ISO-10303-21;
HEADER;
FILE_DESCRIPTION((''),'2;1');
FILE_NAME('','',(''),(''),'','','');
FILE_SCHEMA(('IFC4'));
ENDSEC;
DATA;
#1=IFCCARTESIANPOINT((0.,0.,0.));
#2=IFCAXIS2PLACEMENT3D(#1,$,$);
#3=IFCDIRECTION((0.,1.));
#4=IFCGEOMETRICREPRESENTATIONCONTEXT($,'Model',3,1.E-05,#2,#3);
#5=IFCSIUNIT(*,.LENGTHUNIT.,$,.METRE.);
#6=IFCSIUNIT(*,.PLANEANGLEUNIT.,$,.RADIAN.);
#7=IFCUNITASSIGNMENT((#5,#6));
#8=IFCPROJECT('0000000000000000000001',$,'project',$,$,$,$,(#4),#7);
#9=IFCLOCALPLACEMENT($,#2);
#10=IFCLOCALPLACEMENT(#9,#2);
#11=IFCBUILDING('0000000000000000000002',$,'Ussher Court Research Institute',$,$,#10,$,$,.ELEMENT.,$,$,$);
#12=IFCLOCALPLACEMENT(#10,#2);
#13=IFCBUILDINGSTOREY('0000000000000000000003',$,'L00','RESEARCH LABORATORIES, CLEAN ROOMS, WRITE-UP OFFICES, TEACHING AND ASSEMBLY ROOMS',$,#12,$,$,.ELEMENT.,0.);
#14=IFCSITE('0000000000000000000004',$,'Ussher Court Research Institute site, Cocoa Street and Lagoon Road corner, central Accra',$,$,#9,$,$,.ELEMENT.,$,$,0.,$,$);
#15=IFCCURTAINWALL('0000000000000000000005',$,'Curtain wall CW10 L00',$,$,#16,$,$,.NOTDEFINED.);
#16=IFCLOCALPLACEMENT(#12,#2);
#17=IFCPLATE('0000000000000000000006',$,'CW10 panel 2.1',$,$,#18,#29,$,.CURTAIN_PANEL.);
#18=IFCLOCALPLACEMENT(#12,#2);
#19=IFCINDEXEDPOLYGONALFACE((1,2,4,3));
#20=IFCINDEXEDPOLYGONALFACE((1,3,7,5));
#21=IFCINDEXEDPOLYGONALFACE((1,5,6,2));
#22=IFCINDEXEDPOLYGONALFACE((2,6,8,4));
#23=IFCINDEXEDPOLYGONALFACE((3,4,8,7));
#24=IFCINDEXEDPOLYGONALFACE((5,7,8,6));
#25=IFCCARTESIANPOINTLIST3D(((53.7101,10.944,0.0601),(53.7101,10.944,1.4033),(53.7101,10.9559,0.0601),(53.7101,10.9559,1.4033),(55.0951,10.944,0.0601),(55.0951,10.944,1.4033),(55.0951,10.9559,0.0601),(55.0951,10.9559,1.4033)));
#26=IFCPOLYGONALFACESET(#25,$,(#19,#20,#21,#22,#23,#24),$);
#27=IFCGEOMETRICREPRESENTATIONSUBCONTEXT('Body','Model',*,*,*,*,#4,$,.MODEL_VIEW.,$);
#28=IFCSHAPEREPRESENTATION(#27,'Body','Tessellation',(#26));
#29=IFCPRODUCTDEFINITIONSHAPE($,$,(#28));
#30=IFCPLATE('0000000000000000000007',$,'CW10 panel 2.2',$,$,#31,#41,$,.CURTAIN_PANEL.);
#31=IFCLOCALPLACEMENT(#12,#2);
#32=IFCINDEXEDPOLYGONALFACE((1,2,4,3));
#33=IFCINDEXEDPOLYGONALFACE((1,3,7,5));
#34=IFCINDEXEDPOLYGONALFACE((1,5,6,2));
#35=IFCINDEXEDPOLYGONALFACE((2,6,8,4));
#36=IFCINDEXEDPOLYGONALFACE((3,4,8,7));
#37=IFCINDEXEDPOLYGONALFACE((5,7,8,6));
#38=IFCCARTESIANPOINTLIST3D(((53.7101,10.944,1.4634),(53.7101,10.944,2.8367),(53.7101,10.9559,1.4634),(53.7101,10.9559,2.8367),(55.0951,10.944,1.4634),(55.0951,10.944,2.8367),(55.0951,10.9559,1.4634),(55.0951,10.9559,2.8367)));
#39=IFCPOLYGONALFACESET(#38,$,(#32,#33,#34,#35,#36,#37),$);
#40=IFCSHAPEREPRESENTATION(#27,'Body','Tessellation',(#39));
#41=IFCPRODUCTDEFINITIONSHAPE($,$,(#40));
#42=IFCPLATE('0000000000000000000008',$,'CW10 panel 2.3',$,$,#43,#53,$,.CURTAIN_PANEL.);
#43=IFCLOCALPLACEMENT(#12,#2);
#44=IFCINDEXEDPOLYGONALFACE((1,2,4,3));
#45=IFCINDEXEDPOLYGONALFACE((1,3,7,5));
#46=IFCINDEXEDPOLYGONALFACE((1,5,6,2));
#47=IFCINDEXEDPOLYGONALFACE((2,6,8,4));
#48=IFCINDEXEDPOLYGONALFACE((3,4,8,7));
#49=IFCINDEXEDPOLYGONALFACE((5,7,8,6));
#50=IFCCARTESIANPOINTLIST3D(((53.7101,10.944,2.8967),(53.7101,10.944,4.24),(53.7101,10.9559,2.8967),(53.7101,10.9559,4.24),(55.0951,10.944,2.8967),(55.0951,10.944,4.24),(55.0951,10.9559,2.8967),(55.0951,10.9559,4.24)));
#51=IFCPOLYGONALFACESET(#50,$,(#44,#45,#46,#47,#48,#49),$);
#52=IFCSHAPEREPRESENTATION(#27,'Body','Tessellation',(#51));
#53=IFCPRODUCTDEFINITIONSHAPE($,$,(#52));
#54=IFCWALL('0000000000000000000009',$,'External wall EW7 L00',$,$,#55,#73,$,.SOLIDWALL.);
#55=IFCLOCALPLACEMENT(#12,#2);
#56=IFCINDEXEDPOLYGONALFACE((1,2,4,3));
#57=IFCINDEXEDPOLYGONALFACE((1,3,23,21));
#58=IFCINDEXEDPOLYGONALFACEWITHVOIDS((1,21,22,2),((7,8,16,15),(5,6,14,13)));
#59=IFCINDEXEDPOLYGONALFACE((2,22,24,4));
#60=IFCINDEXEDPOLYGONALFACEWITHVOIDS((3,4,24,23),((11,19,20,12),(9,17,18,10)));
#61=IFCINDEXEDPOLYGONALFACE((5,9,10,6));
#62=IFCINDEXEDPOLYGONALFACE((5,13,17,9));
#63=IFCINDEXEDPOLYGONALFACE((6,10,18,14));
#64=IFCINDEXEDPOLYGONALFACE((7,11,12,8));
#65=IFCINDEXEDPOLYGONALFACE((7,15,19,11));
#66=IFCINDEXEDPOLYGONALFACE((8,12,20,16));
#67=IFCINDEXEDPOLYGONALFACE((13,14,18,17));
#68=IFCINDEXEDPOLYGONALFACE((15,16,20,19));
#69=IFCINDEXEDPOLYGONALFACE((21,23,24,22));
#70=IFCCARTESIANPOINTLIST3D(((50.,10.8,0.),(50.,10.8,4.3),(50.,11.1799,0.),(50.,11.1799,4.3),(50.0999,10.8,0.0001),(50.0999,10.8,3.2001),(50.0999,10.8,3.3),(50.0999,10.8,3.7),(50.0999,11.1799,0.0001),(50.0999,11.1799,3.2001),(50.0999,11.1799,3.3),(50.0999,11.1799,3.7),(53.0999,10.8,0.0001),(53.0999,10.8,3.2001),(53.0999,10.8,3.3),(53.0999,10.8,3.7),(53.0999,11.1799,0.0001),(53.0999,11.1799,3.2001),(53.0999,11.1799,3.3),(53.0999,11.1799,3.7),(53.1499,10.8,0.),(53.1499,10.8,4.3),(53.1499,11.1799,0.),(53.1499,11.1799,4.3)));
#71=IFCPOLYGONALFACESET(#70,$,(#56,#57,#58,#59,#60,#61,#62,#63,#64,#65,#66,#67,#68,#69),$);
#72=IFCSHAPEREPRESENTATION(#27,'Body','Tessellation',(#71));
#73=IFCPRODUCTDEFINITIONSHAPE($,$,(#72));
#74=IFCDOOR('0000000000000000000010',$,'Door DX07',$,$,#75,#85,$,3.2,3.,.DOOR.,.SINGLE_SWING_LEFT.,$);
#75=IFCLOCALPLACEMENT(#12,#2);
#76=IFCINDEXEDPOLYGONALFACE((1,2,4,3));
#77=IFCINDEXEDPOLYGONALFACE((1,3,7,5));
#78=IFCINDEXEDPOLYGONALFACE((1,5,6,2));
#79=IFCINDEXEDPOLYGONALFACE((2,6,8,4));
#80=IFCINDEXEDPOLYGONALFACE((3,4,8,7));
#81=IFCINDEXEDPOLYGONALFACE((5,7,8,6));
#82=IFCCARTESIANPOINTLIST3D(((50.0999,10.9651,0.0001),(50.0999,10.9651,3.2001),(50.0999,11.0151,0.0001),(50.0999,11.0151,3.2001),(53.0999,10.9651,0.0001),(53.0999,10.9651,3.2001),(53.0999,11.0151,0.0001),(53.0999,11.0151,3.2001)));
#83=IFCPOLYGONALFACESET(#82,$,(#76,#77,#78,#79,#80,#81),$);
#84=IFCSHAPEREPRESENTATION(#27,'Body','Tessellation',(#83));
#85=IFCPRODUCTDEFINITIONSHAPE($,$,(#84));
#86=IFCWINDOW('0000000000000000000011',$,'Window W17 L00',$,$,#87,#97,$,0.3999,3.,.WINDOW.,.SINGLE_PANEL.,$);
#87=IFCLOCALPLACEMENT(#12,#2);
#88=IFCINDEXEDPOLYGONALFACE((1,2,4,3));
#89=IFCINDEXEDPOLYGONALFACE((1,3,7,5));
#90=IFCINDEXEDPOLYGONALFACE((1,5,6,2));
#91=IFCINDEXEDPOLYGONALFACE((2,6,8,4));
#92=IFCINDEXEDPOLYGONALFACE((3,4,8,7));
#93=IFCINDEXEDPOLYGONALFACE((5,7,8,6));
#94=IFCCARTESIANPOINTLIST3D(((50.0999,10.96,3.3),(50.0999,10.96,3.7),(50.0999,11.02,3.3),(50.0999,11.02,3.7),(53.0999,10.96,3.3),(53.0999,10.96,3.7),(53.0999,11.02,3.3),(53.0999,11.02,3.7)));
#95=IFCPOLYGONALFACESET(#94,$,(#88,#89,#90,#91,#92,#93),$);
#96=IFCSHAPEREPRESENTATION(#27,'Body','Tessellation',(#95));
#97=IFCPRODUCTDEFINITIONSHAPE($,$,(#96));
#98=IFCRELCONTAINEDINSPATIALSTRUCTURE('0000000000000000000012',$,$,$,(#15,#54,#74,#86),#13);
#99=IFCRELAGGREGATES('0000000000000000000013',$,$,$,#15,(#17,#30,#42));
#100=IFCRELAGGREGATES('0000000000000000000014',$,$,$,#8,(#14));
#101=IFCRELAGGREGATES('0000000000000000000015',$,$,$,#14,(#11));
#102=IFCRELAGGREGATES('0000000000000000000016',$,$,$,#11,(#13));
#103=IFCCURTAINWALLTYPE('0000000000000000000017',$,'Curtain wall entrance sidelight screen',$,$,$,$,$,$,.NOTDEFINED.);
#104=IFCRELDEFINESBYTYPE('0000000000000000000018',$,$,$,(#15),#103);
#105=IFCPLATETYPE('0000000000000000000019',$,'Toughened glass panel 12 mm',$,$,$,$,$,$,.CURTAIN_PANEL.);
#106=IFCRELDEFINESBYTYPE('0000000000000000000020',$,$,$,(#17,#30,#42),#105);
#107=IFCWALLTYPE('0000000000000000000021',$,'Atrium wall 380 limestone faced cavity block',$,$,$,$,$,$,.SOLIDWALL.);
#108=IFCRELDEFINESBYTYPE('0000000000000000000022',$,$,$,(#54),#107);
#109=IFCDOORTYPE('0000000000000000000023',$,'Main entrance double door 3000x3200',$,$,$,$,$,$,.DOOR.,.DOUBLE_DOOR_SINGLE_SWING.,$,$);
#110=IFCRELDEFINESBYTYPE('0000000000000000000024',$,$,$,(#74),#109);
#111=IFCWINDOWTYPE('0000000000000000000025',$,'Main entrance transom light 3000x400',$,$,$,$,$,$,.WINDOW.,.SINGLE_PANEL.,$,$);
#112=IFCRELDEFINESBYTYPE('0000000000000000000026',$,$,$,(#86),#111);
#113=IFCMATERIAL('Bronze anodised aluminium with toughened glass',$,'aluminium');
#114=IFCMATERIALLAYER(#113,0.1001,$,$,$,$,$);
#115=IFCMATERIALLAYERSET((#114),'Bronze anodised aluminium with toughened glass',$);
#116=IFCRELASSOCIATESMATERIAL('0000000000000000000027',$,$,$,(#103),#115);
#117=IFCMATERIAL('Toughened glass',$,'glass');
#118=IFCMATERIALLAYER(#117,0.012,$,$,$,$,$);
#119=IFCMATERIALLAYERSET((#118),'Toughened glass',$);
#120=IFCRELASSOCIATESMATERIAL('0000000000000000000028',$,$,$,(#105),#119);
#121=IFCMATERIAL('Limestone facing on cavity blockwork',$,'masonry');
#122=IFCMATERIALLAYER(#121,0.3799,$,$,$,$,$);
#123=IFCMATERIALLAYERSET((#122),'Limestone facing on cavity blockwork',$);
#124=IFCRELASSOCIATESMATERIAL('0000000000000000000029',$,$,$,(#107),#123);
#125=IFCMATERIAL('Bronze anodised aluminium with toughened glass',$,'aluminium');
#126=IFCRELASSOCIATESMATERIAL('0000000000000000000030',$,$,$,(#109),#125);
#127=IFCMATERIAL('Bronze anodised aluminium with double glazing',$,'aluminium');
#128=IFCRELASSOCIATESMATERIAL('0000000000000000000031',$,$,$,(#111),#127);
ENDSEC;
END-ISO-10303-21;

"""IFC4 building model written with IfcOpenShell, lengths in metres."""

from ifc_helpers import new_model, si_unit, direction, frame, frame_2d, origin, origin_2d, place, context, subcontext, project, spatial, rectangle, extrude, material, layer, layer_set, type_object, element, fill, aggregate, save


model = new_model("IFC4")

# Units and contexts
model_context = context("Model", 3, precision=1e-05, world=origin(), true_north=direction((0.0, 1.0)))
body_context = subcontext(model_context, "Body", "Model", "MODEL_VIEW")
ifc_project = project(units=[si_unit("LENGTHUNIT", "METRE"), si_unit("PLANEANGLEUNIT", "RADIAN")], contexts=[model_context])

# Site, building, storey
site_placement = place(None, origin())
site = spatial("IfcSite", under=ifc_project, at=site_placement, Name="Ussher Court Research Institute site, Cocoa Street and Lagoon Road corner, central Accra", CompositionType="ELEMENT", RefElevation=0.0)
building_placement = place(site_placement, origin())
building = spatial("IfcBuilding", under=site, at=building_placement, Name="Ussher Court Research Institute", CompositionType="ELEMENT")
storey_placement = place(building_placement, origin())
storey = spatial("IfcBuildingStorey", under=building, at=storey_placement, Name="L00", Description="RESEARCH LABORATORIES, CLEAN ROOMS, WRITE-UP OFFICES, TEACHING AND ASSEMBLY ROOMS", CompositionType="ELEMENT", Elevation=0.0)

# Curtain wall, plates
ifc_material_1 = material(Name="Bronze anodised aluminium with toughened glass", Category="aluminium")
ifc_layer_1 = layer(ifc_material_1, 0.1001)
ifc_layer_set_1 = layer_set([ifc_layer_1], Name="Bronze anodised aluminium with toughened glass")
curtain_wall_type = type_object("IfcCurtainWallType", Name="Curtain wall entrance sidelight screen", PredefinedType="NOTDEFINED", material=ifc_layer_set_1)
curtain_wall_placement = place(storey_placement, origin())
curtain_wall = element("IfcCurtainWall", 1, at=curtain_wall_placement, inside=storey, type_object=curtain_wall_type, Name="Curtain wall CW10 L00", PredefinedType="NOTDEFINED")
ifc_material_2 = material(Name="Toughened glass", Category="glass")
ifc_layer_2 = layer(ifc_material_2, 0.012)
ifc_layer_set_2 = layer_set([ifc_layer_2], Name="Toughened glass")
plate_type = type_object("IfcPlateType", Name="Toughened glass panel 12 mm", PredefinedType="CURTAIN_PANEL", material=ifc_layer_set_2)
plate_1_placement = place(storey_placement, frame((54.4026, 10.95, 0.0601), z_axis=(0.0, 0.0, 1.0), x_axis=(-1.0, 0.0, 0.0)))
plate_1 = element("IfcPlate", 2, at=plate_1_placement, type_object=plate_type, Name="CW10 panel 2.1", PredefinedType="CURTAIN_PANEL", context=body_context, shape_type="SweptSolid", body=[
    extrude(rectangle(XDim=1.385, YDim=0.012, at=origin_2d()), origin(), (0.0, 0.0, 1.0), 1.3433),
])
plate_2_placement = place(storey_placement, frame((54.4026, 10.95, 1.4634), z_axis=(0.0, 0.0, 1.0), x_axis=(-1.0, 0.0, 0.0)))
plate_2 = element("IfcPlate", 3, at=plate_2_placement, type_object=plate_type, Name="CW10 panel 2.2", PredefinedType="CURTAIN_PANEL", context=body_context, shape_type="SweptSolid", body=[
    extrude(rectangle(XDim=1.385, YDim=0.012, at=origin_2d()), origin(), (0.0, 0.0, 1.0), 1.3733),
])
plate_3_placement = place(storey_placement, frame((54.4026, 10.95, 2.8967), z_axis=(0.0, 0.0, 1.0), x_axis=(-1.0, 0.0, 0.0)))
plate_3 = element("IfcPlate", 4, at=plate_3_placement, type_object=plate_type, Name="CW10 panel 2.3", PredefinedType="CURTAIN_PANEL", context=body_context, shape_type="SweptSolid", body=[
    extrude(rectangle(XDim=1.385, YDim=0.012, at=origin_2d()), origin(), (0.0, 0.0, 1.0), 1.3433),
])
aggregate(curtain_wall, [plate_1, plate_2, plate_3])

# Wall, openings, door, window
ifc_material_3 = material(Name="Limestone facing on cavity blockwork", Category="masonry")
ifc_layer_3 = layer(ifc_material_3, 0.3799)
ifc_layer_set_3 = layer_set([ifc_layer_3], Name="Limestone facing on cavity blockwork")
wall_type = type_object("IfcWallType", Name="Atrium wall 380 limestone faced cavity block", PredefinedType="SOLIDWALL", material=ifc_layer_set_3)
wall_placement = place(storey_placement, frame((53.1499, 10.99, 0.0), z_axis=(0.0, 0.0, 1.0), x_axis=(-1.0, 0.0, 0.0)))
wall = element("IfcWall", 5, at=wall_placement, inside=storey, type_object=wall_type, Name="External wall EW7 L00", PredefinedType="SOLIDWALL", context=body_context, shape_type="SweptSolid", body=[
    extrude(rectangle(XDim=3.1499, YDim=0.3799, at=frame_2d((1.575, 0.0))), origin(), (0.0, 0.0, 1.0), 4.3),
])
opening_1_placement = place(wall_placement, frame((0.05, 0.0, 0.0)))
opening_1 = element("IfcOpeningElement", 6, at=opening_1_placement, cuts=wall, PredefinedType="OPENING", context=body_context, shape_type="SweptSolid", body=[
    extrude(rectangle(XDim=3.0, YDim=3.2, at=frame_2d((1.5, 1.6001))), frame((0.0, 0.2, 0.0), z_axis=(0.0, -1.0, 0.0), x_axis=(1.0, 0.0, 0.0)), (0.0, 0.0, 1.0), 0.3999),
])
opening_2_placement = place(wall_placement, frame((0.05, 0.0, 3.3)))
opening_2 = element("IfcOpeningElement", 7, at=opening_2_placement, cuts=wall, PredefinedType="OPENING", context=body_context, shape_type="SweptSolid", body=[
    extrude(rectangle(XDim=3.0, YDim=0.3999, at=frame_2d((1.5, 0.2))), frame((0.0, 0.2, 0.0), z_axis=(0.0, -1.0, 0.0), x_axis=(1.0, 0.0, 0.0)), (0.0, 0.0, 1.0), 0.3999),
])
ifc_material_4 = material(Name="Bronze anodised aluminium with toughened glass", Category="aluminium")
door_type = type_object("IfcDoorType", Name="Main entrance double door 3000x3200", OperationType="DOUBLE_DOOR_SINGLE_SWING", PredefinedType="DOOR", material=ifc_material_4)
door_placement = place(opening_1_placement, origin())
door = element("IfcDoor", 8, at=door_placement, inside=storey, type_object=door_type, Name="Door DX07", OperationType="SINGLE_SWING_LEFT", OverallHeight=3.2, OverallWidth=3.0, PredefinedType="DOOR", context=body_context, shape_type="SweptSolid", body=[
    extrude(rectangle(XDim=3.0, YDim=3.2, at=frame_2d((1.5, 1.6001))), frame((0.0, 0.0249, 0.0), z_axis=(0.0, -1.0, 0.0), x_axis=(1.0, 0.0, 0.0)), (0.0, 0.0, 1.0), 0.05),
])
fill(opening_1, door)
ifc_material_5 = material(Name="Bronze anodised aluminium with double glazing", Category="aluminium")
window_type = type_object("IfcWindowType", Name="Main entrance transom light 3000x400", PartitioningType="SINGLE_PANEL", PredefinedType="WINDOW", material=ifc_material_5)
window_placement = place(opening_2_placement, origin())
window = element("IfcWindow", 9, at=window_placement, inside=storey, type_object=window_type, Name="Window W17 L00", OverallHeight=0.3999, OverallWidth=3.0, PartitioningType="SINGLE_PANEL", PredefinedType="WINDOW", context=body_context, shape_type="SweptSolid", body=[
    extrude(rectangle(XDim=3.0, YDim=0.3999, at=frame_2d((1.5, 0.2))), frame((0.0, 0.03, 0.0), z_axis=(0.0, -1.0, 0.0), x_axis=(1.0, 0.0, 0.0)), (0.0, 0.0, 1.0), 0.0601),
])
fill(opening_2, window)

save(model, "model.ifc")
